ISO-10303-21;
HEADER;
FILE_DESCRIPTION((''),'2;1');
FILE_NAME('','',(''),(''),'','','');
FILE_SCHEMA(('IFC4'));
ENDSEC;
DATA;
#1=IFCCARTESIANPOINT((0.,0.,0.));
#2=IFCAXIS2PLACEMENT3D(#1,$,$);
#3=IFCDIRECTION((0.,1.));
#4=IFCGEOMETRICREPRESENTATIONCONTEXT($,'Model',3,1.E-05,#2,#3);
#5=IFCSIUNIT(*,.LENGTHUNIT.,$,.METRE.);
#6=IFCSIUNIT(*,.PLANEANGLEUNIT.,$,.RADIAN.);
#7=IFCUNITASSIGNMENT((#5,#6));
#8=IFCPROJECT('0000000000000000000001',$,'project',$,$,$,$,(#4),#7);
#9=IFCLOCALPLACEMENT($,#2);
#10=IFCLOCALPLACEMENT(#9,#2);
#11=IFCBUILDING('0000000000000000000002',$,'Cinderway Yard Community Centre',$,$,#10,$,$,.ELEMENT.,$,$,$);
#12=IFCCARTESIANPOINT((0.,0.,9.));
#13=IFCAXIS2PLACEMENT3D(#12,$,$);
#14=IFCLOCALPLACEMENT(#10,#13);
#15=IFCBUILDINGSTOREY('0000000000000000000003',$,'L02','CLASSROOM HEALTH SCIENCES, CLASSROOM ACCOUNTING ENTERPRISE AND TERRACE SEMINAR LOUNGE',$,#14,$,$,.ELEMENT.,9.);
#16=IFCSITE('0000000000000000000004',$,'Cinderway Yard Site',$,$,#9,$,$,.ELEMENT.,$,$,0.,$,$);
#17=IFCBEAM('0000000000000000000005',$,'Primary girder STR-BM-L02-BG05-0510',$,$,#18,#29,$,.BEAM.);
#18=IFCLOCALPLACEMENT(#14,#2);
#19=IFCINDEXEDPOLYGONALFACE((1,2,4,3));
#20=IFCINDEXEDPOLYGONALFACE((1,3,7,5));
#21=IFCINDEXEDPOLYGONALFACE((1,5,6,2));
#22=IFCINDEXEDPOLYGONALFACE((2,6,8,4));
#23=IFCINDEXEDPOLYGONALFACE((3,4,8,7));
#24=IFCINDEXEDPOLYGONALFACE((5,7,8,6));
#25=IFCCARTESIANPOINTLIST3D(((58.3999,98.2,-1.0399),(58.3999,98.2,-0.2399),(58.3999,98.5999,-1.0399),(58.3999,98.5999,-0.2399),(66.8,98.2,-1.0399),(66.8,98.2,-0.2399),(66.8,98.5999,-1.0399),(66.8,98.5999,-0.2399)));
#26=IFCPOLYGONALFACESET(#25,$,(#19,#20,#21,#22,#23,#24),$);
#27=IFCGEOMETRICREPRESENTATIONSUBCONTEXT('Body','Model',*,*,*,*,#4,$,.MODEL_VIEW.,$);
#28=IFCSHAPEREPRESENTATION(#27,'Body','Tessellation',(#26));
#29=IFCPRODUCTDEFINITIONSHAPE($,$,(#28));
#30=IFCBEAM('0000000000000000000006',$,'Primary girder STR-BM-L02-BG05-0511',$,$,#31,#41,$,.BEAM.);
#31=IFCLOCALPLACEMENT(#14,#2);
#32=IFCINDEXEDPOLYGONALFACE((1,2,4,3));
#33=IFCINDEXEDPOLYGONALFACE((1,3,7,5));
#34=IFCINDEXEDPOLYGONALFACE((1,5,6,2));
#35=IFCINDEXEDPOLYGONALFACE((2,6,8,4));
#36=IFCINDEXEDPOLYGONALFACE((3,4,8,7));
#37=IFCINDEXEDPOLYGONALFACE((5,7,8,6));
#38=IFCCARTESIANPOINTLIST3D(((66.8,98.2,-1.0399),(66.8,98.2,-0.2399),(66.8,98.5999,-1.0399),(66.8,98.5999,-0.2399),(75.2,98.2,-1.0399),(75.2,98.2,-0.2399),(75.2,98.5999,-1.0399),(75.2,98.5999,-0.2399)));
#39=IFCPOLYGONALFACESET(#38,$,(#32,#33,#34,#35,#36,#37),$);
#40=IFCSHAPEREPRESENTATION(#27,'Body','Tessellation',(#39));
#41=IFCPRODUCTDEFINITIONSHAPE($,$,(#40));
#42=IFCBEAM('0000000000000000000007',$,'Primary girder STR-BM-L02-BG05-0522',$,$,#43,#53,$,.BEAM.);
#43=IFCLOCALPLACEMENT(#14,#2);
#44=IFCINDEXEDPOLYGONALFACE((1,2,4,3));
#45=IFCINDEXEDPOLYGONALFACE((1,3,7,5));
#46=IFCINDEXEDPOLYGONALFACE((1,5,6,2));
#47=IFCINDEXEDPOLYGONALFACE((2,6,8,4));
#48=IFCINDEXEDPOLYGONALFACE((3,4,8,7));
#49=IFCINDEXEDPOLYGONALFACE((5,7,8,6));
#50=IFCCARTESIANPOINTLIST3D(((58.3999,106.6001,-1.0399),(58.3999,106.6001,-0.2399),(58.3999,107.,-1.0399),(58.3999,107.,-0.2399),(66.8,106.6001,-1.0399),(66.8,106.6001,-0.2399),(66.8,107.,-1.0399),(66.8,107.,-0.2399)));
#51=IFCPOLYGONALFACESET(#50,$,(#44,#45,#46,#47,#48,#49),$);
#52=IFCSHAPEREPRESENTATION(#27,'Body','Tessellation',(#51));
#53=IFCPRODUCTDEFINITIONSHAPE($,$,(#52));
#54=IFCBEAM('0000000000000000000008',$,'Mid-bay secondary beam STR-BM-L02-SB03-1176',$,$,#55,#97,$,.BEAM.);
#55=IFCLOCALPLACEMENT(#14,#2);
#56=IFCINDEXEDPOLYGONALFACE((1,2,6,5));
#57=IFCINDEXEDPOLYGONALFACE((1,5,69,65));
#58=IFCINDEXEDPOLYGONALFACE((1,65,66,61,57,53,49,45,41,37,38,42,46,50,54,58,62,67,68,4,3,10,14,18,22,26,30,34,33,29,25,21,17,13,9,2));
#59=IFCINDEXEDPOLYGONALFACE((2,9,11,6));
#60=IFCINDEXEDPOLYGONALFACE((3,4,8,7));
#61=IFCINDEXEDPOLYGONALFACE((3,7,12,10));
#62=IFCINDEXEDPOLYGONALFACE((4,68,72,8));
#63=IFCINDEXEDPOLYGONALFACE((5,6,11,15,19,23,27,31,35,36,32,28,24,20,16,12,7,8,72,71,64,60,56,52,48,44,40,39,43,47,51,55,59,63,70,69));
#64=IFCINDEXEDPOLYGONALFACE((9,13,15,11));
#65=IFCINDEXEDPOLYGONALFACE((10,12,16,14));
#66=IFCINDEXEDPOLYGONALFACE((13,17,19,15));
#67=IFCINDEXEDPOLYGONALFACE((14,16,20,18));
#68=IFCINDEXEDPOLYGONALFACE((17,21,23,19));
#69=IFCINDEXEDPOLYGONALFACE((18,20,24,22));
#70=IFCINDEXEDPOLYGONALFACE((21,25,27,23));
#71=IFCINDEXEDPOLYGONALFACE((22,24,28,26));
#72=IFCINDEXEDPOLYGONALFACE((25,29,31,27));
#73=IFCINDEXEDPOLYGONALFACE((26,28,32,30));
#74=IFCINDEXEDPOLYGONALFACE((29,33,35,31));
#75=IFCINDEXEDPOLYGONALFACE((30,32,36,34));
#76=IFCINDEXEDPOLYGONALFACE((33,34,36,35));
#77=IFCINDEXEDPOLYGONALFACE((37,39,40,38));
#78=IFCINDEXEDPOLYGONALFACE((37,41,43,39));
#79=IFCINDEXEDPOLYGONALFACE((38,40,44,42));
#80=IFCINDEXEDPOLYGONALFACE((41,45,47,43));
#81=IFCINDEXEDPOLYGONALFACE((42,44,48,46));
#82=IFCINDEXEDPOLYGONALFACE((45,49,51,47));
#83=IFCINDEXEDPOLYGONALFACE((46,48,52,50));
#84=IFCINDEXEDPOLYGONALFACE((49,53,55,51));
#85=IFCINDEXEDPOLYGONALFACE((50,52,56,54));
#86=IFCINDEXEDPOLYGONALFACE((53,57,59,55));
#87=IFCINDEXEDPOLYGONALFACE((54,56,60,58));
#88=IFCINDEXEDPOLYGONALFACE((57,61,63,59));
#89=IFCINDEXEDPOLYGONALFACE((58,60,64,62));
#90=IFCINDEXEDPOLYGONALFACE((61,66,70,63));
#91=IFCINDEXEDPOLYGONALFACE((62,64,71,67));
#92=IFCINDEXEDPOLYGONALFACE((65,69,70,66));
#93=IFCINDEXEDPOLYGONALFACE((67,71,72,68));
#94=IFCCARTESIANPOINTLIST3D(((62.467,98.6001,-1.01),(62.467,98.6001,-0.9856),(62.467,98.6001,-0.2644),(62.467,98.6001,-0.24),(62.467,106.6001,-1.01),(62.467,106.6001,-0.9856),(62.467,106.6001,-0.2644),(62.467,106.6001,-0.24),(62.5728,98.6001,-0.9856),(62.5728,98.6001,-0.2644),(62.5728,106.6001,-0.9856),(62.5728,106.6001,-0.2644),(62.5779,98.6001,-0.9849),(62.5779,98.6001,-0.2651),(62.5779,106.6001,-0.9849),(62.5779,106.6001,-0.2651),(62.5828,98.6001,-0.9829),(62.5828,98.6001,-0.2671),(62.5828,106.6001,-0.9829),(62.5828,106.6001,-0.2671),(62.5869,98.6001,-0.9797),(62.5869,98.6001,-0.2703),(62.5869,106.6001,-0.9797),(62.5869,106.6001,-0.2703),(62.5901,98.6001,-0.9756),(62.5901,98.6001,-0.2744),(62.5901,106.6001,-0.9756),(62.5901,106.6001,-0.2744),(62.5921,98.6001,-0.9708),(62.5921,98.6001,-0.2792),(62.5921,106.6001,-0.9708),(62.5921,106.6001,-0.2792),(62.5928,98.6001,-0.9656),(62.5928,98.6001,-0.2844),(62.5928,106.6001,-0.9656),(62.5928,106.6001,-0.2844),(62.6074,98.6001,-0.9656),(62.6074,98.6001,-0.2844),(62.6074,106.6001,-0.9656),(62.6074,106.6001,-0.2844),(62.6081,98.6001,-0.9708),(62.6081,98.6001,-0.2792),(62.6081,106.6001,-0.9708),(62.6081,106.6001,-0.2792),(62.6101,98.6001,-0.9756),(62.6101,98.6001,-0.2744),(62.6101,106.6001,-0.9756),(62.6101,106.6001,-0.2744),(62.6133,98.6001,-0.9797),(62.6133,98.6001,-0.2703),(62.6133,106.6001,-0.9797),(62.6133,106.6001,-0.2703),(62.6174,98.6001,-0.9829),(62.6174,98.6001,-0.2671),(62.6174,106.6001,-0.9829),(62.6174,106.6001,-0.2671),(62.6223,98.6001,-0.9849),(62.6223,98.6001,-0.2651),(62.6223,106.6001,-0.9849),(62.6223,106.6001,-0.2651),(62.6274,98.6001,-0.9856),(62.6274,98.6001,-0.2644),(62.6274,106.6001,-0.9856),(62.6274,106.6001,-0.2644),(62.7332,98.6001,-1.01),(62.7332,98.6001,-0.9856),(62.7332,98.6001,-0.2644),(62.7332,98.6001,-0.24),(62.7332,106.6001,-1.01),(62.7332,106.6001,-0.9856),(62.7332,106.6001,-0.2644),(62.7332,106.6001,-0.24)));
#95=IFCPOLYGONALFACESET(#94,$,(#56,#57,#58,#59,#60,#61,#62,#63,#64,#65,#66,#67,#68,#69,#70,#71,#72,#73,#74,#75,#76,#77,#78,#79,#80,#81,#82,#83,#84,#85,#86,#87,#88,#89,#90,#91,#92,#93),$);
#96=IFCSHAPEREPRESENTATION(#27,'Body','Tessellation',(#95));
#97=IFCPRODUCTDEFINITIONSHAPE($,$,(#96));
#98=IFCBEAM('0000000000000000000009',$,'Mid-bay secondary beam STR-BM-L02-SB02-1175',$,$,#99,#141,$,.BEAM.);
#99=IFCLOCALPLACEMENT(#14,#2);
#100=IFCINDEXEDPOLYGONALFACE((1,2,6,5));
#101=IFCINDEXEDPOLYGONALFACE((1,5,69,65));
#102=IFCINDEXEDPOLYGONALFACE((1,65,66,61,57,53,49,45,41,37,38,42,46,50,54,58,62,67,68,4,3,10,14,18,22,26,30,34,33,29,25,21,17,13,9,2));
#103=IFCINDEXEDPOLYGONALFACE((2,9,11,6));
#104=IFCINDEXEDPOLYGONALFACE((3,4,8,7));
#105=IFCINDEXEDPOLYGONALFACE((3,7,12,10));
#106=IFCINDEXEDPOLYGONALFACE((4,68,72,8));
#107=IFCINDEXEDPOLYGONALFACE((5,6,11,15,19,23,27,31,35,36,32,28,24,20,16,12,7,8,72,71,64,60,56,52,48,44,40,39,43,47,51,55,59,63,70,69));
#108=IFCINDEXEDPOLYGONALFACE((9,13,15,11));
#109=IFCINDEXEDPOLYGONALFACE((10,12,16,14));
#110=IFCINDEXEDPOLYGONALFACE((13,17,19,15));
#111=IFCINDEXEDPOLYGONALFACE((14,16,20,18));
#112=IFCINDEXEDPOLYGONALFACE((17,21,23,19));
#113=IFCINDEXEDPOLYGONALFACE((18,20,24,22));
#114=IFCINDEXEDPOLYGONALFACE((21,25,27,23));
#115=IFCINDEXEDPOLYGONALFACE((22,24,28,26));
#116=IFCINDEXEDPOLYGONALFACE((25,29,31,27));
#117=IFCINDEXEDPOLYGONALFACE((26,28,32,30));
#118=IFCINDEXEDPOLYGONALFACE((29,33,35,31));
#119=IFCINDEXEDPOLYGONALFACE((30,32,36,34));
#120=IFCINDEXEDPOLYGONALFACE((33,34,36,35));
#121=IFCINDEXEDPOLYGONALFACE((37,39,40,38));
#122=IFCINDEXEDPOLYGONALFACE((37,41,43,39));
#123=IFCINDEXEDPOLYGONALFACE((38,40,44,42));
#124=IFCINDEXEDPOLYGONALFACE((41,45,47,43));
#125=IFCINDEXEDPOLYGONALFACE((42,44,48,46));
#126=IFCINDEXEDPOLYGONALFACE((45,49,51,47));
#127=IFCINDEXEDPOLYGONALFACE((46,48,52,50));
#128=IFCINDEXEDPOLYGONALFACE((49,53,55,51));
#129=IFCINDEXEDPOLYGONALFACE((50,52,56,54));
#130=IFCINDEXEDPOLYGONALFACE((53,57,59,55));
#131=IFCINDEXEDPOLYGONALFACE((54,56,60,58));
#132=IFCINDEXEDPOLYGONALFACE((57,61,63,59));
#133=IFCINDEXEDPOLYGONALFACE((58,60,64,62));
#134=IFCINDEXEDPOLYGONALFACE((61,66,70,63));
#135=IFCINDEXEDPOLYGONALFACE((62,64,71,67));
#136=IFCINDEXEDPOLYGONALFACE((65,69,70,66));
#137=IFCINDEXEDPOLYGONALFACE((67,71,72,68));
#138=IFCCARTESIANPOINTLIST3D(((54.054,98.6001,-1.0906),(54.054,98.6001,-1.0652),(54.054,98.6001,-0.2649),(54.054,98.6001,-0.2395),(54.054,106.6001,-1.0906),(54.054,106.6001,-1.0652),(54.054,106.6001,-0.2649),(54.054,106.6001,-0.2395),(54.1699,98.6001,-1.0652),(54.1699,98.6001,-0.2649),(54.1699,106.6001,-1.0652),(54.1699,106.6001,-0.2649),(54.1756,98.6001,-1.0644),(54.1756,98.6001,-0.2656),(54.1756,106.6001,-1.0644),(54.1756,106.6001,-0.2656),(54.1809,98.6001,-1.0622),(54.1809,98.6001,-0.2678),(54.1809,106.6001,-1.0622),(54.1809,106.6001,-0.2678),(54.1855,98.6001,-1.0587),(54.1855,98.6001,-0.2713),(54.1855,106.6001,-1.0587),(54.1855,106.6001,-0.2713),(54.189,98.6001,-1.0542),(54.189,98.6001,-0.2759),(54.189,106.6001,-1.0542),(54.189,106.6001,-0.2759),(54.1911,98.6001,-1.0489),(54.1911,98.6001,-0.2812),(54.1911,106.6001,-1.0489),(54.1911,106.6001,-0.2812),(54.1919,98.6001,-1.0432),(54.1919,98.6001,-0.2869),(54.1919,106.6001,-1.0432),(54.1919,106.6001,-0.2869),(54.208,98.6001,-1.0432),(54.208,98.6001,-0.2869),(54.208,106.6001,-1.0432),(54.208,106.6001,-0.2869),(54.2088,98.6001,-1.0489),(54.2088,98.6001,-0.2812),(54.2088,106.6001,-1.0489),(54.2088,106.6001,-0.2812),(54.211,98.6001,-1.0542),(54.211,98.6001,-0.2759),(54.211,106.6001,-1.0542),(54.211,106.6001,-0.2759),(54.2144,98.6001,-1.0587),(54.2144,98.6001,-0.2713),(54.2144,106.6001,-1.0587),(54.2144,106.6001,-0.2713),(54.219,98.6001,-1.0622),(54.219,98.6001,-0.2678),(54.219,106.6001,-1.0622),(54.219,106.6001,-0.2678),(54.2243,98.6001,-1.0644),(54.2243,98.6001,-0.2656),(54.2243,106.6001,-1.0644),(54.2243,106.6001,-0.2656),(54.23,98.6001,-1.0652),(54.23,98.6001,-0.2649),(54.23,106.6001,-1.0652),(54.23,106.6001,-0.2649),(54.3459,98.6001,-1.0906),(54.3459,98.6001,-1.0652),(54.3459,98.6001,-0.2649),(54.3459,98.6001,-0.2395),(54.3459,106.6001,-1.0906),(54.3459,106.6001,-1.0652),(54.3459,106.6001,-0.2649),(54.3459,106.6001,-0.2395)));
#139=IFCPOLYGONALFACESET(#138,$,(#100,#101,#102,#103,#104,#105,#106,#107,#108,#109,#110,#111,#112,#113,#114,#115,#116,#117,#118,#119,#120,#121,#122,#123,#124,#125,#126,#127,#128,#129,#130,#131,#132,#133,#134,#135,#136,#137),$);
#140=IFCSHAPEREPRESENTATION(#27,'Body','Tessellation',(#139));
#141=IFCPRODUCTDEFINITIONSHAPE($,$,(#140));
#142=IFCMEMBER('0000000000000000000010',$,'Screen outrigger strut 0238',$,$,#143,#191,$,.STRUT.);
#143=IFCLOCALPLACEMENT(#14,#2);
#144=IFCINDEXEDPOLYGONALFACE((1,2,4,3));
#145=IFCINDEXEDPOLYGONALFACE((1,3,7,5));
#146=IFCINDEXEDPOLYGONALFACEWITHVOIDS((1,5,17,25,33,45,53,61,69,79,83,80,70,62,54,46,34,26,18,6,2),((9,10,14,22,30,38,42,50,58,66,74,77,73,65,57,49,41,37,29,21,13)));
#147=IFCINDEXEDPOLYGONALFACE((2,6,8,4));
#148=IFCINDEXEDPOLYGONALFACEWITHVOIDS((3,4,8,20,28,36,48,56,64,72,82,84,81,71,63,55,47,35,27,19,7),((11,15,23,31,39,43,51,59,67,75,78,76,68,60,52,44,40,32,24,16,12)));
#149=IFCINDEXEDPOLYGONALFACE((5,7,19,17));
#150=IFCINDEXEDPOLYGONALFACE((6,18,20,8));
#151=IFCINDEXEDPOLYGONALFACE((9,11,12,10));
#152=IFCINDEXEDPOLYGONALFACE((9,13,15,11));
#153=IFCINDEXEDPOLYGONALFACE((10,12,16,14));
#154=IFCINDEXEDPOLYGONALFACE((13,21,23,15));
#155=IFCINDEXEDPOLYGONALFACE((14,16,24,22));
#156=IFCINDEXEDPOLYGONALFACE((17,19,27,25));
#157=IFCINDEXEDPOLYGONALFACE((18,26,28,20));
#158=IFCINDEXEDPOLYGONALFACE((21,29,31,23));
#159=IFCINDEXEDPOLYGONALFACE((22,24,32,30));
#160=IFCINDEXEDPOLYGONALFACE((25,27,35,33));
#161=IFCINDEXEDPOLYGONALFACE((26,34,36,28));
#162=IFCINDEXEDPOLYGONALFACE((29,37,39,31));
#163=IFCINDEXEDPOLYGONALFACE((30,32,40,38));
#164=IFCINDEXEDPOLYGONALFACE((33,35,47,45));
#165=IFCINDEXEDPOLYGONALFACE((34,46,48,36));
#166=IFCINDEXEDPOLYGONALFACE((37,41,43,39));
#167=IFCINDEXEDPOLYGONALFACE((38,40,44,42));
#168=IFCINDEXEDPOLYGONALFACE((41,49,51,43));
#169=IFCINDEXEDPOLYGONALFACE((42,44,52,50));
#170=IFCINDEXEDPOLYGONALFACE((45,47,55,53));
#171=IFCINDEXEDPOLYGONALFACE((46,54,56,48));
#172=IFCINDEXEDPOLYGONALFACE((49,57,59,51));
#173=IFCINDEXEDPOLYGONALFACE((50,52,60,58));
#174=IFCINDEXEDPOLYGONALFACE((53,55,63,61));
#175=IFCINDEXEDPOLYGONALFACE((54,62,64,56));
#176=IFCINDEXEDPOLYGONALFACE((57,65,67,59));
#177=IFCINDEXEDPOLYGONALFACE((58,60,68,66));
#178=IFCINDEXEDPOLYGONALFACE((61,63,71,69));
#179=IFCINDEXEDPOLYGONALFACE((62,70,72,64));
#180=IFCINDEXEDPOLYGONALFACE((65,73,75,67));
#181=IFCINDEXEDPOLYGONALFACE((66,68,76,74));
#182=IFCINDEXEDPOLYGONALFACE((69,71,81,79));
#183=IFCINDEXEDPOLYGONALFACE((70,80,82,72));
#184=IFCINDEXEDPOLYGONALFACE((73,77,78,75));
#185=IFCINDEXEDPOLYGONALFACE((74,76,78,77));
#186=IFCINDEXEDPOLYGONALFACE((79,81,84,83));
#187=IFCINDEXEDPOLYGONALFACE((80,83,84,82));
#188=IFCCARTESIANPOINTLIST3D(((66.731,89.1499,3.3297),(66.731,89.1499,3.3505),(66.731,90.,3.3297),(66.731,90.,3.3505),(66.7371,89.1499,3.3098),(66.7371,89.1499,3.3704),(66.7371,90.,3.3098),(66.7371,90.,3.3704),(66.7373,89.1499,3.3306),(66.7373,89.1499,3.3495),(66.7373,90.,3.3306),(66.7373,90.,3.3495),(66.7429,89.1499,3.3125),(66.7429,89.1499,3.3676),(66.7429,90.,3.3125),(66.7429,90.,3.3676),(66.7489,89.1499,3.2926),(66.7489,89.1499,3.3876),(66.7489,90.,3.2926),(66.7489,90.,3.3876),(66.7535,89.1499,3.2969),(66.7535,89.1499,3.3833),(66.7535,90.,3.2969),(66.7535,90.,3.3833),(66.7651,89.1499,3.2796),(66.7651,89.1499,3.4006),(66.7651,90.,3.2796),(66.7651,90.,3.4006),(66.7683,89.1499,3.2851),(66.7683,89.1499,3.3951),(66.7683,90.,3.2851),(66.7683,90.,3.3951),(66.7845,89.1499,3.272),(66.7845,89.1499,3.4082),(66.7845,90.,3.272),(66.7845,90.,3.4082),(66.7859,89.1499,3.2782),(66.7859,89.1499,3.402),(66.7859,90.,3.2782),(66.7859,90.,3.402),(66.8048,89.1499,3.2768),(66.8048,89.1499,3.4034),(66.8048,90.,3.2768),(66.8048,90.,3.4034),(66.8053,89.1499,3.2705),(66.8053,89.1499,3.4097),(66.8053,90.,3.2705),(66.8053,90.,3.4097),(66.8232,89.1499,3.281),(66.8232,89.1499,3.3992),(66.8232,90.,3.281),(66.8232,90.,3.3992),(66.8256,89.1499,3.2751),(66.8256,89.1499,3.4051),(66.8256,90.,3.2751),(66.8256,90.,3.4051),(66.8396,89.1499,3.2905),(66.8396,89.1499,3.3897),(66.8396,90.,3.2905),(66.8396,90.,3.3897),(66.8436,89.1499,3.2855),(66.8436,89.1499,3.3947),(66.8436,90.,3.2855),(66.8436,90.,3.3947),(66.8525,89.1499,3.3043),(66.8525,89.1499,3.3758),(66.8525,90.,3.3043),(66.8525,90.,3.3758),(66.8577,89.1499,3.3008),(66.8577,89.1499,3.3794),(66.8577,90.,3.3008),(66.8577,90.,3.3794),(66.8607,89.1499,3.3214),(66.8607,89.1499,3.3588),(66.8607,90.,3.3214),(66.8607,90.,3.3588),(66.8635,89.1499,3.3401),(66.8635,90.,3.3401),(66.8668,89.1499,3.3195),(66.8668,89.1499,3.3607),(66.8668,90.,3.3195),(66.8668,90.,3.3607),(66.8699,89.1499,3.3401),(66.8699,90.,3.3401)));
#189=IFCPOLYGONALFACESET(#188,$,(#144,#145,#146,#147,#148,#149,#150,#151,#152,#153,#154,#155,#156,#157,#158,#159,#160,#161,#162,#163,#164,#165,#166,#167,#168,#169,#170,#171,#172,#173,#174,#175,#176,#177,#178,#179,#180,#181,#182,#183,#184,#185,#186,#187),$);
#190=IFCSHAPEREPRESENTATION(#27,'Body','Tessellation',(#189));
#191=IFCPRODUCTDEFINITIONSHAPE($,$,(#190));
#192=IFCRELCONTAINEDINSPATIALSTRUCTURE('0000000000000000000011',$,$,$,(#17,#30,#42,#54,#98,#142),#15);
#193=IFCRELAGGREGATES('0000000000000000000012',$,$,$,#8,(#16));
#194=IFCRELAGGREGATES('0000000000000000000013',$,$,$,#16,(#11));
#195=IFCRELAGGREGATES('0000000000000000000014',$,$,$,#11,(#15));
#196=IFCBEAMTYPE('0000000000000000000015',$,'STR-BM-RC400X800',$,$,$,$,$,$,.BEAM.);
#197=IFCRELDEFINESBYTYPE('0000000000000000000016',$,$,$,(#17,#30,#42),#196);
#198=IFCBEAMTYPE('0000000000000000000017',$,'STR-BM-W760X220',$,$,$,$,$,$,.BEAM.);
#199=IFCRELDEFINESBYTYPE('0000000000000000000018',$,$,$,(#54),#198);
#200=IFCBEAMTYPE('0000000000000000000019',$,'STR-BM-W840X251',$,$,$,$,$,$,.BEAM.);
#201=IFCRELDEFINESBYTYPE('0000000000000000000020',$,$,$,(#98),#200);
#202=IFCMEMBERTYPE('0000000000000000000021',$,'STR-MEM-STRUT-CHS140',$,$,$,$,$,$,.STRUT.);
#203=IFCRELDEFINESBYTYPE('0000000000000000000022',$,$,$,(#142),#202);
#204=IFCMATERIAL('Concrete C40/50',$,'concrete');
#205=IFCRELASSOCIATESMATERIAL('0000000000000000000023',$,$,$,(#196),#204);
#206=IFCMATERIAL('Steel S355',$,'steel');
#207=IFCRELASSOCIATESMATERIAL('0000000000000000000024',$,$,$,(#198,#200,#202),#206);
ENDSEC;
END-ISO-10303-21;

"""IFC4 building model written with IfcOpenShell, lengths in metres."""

from ifc_helpers import new_model, si_unit, direction, frame, origin, origin_2d, place, context, subcontext, project, spatial, rectangle, hollow_circle, i_section, extrude, material, material_profile, profile_set, type_object, element, save


model = new_model("IFC4")

# Units and contexts
model_context = context("Model", 3, precision=1e-05, world=origin(), true_north=direction((0.0, 1.0)))
body_context = subcontext(model_context, "Body", "Model", "MODEL_VIEW")
ifc_project = project(units=[si_unit("LENGTHUNIT", "METRE"), si_unit("PLANEANGLEUNIT", "RADIAN")], contexts=[model_context])

# Site, building, storey
site_placement = place(None, origin())
site = spatial("IfcSite", under=ifc_project, at=site_placement, Name="Cinderway Yard Site", CompositionType="ELEMENT", RefElevation=0.0)
building_placement = place(site_placement, origin())
building = spatial("IfcBuilding", under=site, at=building_placement, Name="Cinderway Yard Community Centre", CompositionType="ELEMENT")
storey_placement = place(building_placement, frame((0.0, 0.0, 9.0)))
storey = spatial("IfcBuildingStorey", under=building, at=storey_placement, Name="L02", Description="CLASSROOM HEALTH SCIENCES, CLASSROOM ACCOUNTING ENTERPRISE AND TERRACE SEMINAR LOUNGE", CompositionType="ELEMENT", Elevation=9.0)

# Shared definitions
ifc_material_1 = material(Name="Concrete C40/50", Category="concrete")

# Beams
ifc_material_profile_1 = material_profile(ifc_material_1, rectangle(XDim=0.3999, YDim=0.8, at=origin_2d()), Name="Concrete C40/50")
ifc_profile_set_1 = profile_set([ifc_material_profile_1], Name="Concrete C40/50")
beam_type_1 = type_object("IfcBeamType", Name="STR-BM-RC400X800", PredefinedType="BEAM", material=ifc_profile_set_1)
beam_1_placement = place(storey_placement, frame((58.3999, 98.3999, -0.6399), z_axis=(1.0, 0.0, 0.0), x_axis=(0.0, 1.0, 0.0)))
element("IfcBeam", 1, at=beam_1_placement, inside=storey, type_object=beam_type_1, Name="Primary girder STR-BM-L02-BG05-0510", PredefinedType="BEAM", context=body_context, shape_type="SweptSolid", body=[
    extrude(rectangle(XDim=0.3999, YDim=0.8, at=origin_2d()), origin(), (0.0, 0.0, 1.0), 8.4001),
])
beam_2_placement = place(storey_placement, frame((66.8, 98.3999, -0.6399), z_axis=(1.0, 0.0, 0.0), x_axis=(0.0, 1.0, 0.0)))
element("IfcBeam", 2, at=beam_2_placement, inside=storey, type_object=beam_type_1, Name="Primary girder STR-BM-L02-BG05-0511", PredefinedType="BEAM", context=body_context, shape_type="SweptSolid", body=[
    extrude(rectangle(XDim=0.3999, YDim=0.8, at=origin_2d()), origin(), (0.0, 0.0, 1.0), 8.3999),
])
beam_3_placement = place(storey_placement, frame((58.3999, 106.8, -0.6399), z_axis=(1.0, 0.0, 0.0), x_axis=(0.0, 1.0, 0.0)))
element("IfcBeam", 3, at=beam_3_placement, inside=storey, type_object=beam_type_1, Name="Primary girder STR-BM-L02-BG05-0522", PredefinedType="BEAM", context=body_context, shape_type="SweptSolid", body=[
    extrude(rectangle(XDim=0.3999, YDim=0.8, at=origin_2d()), origin(), (0.0, 0.0, 1.0), 8.4001),
])
ifc_material_2 = material(Name="Steel S355", Category="steel")
ifc_material_profile_2 = material_profile(ifc_material_2, i_section(OverallWidth=0.2661, OverallDepth=0.77, WebThickness=0.0146, FlangeThickness=0.0244, FilletRadius=0.02, at=origin_2d()), Name="Steel S355")
ifc_profile_set_2 = profile_set([ifc_material_profile_2], Name="Steel S355")
beam_type_2 = type_object("IfcBeamType", Name="STR-BM-W760X220", PredefinedType="BEAM", material=ifc_profile_set_2)
beam_4_placement = place(storey_placement, frame((62.6001, 98.6001, -0.625), z_axis=(0.0, 1.0, 0.0), x_axis=(-1.0, 0.0, 0.0)))
element("IfcBeam", 4, at=beam_4_placement, inside=storey, type_object=beam_type_2, Name="Mid-bay secondary beam STR-BM-L02-SB03-1176", PredefinedType="BEAM", context=body_context, shape_type="SweptSolid", body=[
    extrude(i_section(OverallWidth=0.2661, OverallDepth=0.77, WebThickness=0.0146, FlangeThickness=0.0244, FilletRadius=0.02, at=origin_2d()), origin(), (0.0, 0.0, 1.0), 8.0),
])
ifc_material_profile_3 = material_profile(ifc_material_2, i_section(OverallWidth=0.292, OverallDepth=0.8511, WebThickness=0.0161, FlangeThickness=0.0254, FilletRadius=0.022, at=origin_2d()), Name="Steel S355")
ifc_profile_set_3 = profile_set([ifc_material_profile_3], Name="Steel S355")
beam_type_3 = type_object("IfcBeamType", Name="STR-BM-W840X251", PredefinedType="BEAM", material=ifc_profile_set_3)
beam_5_placement = place(storey_placement, frame((54.2, 98.6001, -0.665), z_axis=(0.0, 1.0, 0.0), x_axis=(-1.0, 0.0, 0.0)))
element("IfcBeam", 5, at=beam_5_placement, inside=storey, type_object=beam_type_3, Name="Mid-bay secondary beam STR-BM-L02-SB02-1175", PredefinedType="BEAM", context=body_context, shape_type="SweptSolid", body=[
    extrude(i_section(OverallWidth=0.292, OverallDepth=0.8511, WebThickness=0.0161, FlangeThickness=0.0254, FilletRadius=0.022, at=origin_2d()), origin(), (0.0, 0.0, 1.0), 8.0),
])

# Member
ifc_material_profile_4 = material_profile(ifc_material_2, hollow_circle(Radius=0.0698, WallThickness=0.0063, at=origin_2d()), Name="Steel S355")
ifc_profile_set_4 = profile_set([ifc_material_profile_4], Name="Steel S355")
member_type = type_object("IfcMemberType", Name="STR-MEM-STRUT-CHS140", PredefinedType="STRUT", material=ifc_profile_set_4)
member_placement = place(storey_placement, frame((66.8, 90.0, 3.3401), z_axis=(0.0, -1.0, 0.0), x_axis=(1.0, 0.0, 0.0)))
element("IfcMember", 6, at=member_placement, inside=storey, type_object=member_type, Name="Screen outrigger strut 0238", PredefinedType="STRUT", context=body_context, shape_type="SweptSolid", body=[
    extrude(hollow_circle(Radius=0.0698, WallThickness=0.0063, at=origin_2d()), origin(), (0.0, 0.0, 1.0), 0.8501),
])

save(model, "model.ifc")
